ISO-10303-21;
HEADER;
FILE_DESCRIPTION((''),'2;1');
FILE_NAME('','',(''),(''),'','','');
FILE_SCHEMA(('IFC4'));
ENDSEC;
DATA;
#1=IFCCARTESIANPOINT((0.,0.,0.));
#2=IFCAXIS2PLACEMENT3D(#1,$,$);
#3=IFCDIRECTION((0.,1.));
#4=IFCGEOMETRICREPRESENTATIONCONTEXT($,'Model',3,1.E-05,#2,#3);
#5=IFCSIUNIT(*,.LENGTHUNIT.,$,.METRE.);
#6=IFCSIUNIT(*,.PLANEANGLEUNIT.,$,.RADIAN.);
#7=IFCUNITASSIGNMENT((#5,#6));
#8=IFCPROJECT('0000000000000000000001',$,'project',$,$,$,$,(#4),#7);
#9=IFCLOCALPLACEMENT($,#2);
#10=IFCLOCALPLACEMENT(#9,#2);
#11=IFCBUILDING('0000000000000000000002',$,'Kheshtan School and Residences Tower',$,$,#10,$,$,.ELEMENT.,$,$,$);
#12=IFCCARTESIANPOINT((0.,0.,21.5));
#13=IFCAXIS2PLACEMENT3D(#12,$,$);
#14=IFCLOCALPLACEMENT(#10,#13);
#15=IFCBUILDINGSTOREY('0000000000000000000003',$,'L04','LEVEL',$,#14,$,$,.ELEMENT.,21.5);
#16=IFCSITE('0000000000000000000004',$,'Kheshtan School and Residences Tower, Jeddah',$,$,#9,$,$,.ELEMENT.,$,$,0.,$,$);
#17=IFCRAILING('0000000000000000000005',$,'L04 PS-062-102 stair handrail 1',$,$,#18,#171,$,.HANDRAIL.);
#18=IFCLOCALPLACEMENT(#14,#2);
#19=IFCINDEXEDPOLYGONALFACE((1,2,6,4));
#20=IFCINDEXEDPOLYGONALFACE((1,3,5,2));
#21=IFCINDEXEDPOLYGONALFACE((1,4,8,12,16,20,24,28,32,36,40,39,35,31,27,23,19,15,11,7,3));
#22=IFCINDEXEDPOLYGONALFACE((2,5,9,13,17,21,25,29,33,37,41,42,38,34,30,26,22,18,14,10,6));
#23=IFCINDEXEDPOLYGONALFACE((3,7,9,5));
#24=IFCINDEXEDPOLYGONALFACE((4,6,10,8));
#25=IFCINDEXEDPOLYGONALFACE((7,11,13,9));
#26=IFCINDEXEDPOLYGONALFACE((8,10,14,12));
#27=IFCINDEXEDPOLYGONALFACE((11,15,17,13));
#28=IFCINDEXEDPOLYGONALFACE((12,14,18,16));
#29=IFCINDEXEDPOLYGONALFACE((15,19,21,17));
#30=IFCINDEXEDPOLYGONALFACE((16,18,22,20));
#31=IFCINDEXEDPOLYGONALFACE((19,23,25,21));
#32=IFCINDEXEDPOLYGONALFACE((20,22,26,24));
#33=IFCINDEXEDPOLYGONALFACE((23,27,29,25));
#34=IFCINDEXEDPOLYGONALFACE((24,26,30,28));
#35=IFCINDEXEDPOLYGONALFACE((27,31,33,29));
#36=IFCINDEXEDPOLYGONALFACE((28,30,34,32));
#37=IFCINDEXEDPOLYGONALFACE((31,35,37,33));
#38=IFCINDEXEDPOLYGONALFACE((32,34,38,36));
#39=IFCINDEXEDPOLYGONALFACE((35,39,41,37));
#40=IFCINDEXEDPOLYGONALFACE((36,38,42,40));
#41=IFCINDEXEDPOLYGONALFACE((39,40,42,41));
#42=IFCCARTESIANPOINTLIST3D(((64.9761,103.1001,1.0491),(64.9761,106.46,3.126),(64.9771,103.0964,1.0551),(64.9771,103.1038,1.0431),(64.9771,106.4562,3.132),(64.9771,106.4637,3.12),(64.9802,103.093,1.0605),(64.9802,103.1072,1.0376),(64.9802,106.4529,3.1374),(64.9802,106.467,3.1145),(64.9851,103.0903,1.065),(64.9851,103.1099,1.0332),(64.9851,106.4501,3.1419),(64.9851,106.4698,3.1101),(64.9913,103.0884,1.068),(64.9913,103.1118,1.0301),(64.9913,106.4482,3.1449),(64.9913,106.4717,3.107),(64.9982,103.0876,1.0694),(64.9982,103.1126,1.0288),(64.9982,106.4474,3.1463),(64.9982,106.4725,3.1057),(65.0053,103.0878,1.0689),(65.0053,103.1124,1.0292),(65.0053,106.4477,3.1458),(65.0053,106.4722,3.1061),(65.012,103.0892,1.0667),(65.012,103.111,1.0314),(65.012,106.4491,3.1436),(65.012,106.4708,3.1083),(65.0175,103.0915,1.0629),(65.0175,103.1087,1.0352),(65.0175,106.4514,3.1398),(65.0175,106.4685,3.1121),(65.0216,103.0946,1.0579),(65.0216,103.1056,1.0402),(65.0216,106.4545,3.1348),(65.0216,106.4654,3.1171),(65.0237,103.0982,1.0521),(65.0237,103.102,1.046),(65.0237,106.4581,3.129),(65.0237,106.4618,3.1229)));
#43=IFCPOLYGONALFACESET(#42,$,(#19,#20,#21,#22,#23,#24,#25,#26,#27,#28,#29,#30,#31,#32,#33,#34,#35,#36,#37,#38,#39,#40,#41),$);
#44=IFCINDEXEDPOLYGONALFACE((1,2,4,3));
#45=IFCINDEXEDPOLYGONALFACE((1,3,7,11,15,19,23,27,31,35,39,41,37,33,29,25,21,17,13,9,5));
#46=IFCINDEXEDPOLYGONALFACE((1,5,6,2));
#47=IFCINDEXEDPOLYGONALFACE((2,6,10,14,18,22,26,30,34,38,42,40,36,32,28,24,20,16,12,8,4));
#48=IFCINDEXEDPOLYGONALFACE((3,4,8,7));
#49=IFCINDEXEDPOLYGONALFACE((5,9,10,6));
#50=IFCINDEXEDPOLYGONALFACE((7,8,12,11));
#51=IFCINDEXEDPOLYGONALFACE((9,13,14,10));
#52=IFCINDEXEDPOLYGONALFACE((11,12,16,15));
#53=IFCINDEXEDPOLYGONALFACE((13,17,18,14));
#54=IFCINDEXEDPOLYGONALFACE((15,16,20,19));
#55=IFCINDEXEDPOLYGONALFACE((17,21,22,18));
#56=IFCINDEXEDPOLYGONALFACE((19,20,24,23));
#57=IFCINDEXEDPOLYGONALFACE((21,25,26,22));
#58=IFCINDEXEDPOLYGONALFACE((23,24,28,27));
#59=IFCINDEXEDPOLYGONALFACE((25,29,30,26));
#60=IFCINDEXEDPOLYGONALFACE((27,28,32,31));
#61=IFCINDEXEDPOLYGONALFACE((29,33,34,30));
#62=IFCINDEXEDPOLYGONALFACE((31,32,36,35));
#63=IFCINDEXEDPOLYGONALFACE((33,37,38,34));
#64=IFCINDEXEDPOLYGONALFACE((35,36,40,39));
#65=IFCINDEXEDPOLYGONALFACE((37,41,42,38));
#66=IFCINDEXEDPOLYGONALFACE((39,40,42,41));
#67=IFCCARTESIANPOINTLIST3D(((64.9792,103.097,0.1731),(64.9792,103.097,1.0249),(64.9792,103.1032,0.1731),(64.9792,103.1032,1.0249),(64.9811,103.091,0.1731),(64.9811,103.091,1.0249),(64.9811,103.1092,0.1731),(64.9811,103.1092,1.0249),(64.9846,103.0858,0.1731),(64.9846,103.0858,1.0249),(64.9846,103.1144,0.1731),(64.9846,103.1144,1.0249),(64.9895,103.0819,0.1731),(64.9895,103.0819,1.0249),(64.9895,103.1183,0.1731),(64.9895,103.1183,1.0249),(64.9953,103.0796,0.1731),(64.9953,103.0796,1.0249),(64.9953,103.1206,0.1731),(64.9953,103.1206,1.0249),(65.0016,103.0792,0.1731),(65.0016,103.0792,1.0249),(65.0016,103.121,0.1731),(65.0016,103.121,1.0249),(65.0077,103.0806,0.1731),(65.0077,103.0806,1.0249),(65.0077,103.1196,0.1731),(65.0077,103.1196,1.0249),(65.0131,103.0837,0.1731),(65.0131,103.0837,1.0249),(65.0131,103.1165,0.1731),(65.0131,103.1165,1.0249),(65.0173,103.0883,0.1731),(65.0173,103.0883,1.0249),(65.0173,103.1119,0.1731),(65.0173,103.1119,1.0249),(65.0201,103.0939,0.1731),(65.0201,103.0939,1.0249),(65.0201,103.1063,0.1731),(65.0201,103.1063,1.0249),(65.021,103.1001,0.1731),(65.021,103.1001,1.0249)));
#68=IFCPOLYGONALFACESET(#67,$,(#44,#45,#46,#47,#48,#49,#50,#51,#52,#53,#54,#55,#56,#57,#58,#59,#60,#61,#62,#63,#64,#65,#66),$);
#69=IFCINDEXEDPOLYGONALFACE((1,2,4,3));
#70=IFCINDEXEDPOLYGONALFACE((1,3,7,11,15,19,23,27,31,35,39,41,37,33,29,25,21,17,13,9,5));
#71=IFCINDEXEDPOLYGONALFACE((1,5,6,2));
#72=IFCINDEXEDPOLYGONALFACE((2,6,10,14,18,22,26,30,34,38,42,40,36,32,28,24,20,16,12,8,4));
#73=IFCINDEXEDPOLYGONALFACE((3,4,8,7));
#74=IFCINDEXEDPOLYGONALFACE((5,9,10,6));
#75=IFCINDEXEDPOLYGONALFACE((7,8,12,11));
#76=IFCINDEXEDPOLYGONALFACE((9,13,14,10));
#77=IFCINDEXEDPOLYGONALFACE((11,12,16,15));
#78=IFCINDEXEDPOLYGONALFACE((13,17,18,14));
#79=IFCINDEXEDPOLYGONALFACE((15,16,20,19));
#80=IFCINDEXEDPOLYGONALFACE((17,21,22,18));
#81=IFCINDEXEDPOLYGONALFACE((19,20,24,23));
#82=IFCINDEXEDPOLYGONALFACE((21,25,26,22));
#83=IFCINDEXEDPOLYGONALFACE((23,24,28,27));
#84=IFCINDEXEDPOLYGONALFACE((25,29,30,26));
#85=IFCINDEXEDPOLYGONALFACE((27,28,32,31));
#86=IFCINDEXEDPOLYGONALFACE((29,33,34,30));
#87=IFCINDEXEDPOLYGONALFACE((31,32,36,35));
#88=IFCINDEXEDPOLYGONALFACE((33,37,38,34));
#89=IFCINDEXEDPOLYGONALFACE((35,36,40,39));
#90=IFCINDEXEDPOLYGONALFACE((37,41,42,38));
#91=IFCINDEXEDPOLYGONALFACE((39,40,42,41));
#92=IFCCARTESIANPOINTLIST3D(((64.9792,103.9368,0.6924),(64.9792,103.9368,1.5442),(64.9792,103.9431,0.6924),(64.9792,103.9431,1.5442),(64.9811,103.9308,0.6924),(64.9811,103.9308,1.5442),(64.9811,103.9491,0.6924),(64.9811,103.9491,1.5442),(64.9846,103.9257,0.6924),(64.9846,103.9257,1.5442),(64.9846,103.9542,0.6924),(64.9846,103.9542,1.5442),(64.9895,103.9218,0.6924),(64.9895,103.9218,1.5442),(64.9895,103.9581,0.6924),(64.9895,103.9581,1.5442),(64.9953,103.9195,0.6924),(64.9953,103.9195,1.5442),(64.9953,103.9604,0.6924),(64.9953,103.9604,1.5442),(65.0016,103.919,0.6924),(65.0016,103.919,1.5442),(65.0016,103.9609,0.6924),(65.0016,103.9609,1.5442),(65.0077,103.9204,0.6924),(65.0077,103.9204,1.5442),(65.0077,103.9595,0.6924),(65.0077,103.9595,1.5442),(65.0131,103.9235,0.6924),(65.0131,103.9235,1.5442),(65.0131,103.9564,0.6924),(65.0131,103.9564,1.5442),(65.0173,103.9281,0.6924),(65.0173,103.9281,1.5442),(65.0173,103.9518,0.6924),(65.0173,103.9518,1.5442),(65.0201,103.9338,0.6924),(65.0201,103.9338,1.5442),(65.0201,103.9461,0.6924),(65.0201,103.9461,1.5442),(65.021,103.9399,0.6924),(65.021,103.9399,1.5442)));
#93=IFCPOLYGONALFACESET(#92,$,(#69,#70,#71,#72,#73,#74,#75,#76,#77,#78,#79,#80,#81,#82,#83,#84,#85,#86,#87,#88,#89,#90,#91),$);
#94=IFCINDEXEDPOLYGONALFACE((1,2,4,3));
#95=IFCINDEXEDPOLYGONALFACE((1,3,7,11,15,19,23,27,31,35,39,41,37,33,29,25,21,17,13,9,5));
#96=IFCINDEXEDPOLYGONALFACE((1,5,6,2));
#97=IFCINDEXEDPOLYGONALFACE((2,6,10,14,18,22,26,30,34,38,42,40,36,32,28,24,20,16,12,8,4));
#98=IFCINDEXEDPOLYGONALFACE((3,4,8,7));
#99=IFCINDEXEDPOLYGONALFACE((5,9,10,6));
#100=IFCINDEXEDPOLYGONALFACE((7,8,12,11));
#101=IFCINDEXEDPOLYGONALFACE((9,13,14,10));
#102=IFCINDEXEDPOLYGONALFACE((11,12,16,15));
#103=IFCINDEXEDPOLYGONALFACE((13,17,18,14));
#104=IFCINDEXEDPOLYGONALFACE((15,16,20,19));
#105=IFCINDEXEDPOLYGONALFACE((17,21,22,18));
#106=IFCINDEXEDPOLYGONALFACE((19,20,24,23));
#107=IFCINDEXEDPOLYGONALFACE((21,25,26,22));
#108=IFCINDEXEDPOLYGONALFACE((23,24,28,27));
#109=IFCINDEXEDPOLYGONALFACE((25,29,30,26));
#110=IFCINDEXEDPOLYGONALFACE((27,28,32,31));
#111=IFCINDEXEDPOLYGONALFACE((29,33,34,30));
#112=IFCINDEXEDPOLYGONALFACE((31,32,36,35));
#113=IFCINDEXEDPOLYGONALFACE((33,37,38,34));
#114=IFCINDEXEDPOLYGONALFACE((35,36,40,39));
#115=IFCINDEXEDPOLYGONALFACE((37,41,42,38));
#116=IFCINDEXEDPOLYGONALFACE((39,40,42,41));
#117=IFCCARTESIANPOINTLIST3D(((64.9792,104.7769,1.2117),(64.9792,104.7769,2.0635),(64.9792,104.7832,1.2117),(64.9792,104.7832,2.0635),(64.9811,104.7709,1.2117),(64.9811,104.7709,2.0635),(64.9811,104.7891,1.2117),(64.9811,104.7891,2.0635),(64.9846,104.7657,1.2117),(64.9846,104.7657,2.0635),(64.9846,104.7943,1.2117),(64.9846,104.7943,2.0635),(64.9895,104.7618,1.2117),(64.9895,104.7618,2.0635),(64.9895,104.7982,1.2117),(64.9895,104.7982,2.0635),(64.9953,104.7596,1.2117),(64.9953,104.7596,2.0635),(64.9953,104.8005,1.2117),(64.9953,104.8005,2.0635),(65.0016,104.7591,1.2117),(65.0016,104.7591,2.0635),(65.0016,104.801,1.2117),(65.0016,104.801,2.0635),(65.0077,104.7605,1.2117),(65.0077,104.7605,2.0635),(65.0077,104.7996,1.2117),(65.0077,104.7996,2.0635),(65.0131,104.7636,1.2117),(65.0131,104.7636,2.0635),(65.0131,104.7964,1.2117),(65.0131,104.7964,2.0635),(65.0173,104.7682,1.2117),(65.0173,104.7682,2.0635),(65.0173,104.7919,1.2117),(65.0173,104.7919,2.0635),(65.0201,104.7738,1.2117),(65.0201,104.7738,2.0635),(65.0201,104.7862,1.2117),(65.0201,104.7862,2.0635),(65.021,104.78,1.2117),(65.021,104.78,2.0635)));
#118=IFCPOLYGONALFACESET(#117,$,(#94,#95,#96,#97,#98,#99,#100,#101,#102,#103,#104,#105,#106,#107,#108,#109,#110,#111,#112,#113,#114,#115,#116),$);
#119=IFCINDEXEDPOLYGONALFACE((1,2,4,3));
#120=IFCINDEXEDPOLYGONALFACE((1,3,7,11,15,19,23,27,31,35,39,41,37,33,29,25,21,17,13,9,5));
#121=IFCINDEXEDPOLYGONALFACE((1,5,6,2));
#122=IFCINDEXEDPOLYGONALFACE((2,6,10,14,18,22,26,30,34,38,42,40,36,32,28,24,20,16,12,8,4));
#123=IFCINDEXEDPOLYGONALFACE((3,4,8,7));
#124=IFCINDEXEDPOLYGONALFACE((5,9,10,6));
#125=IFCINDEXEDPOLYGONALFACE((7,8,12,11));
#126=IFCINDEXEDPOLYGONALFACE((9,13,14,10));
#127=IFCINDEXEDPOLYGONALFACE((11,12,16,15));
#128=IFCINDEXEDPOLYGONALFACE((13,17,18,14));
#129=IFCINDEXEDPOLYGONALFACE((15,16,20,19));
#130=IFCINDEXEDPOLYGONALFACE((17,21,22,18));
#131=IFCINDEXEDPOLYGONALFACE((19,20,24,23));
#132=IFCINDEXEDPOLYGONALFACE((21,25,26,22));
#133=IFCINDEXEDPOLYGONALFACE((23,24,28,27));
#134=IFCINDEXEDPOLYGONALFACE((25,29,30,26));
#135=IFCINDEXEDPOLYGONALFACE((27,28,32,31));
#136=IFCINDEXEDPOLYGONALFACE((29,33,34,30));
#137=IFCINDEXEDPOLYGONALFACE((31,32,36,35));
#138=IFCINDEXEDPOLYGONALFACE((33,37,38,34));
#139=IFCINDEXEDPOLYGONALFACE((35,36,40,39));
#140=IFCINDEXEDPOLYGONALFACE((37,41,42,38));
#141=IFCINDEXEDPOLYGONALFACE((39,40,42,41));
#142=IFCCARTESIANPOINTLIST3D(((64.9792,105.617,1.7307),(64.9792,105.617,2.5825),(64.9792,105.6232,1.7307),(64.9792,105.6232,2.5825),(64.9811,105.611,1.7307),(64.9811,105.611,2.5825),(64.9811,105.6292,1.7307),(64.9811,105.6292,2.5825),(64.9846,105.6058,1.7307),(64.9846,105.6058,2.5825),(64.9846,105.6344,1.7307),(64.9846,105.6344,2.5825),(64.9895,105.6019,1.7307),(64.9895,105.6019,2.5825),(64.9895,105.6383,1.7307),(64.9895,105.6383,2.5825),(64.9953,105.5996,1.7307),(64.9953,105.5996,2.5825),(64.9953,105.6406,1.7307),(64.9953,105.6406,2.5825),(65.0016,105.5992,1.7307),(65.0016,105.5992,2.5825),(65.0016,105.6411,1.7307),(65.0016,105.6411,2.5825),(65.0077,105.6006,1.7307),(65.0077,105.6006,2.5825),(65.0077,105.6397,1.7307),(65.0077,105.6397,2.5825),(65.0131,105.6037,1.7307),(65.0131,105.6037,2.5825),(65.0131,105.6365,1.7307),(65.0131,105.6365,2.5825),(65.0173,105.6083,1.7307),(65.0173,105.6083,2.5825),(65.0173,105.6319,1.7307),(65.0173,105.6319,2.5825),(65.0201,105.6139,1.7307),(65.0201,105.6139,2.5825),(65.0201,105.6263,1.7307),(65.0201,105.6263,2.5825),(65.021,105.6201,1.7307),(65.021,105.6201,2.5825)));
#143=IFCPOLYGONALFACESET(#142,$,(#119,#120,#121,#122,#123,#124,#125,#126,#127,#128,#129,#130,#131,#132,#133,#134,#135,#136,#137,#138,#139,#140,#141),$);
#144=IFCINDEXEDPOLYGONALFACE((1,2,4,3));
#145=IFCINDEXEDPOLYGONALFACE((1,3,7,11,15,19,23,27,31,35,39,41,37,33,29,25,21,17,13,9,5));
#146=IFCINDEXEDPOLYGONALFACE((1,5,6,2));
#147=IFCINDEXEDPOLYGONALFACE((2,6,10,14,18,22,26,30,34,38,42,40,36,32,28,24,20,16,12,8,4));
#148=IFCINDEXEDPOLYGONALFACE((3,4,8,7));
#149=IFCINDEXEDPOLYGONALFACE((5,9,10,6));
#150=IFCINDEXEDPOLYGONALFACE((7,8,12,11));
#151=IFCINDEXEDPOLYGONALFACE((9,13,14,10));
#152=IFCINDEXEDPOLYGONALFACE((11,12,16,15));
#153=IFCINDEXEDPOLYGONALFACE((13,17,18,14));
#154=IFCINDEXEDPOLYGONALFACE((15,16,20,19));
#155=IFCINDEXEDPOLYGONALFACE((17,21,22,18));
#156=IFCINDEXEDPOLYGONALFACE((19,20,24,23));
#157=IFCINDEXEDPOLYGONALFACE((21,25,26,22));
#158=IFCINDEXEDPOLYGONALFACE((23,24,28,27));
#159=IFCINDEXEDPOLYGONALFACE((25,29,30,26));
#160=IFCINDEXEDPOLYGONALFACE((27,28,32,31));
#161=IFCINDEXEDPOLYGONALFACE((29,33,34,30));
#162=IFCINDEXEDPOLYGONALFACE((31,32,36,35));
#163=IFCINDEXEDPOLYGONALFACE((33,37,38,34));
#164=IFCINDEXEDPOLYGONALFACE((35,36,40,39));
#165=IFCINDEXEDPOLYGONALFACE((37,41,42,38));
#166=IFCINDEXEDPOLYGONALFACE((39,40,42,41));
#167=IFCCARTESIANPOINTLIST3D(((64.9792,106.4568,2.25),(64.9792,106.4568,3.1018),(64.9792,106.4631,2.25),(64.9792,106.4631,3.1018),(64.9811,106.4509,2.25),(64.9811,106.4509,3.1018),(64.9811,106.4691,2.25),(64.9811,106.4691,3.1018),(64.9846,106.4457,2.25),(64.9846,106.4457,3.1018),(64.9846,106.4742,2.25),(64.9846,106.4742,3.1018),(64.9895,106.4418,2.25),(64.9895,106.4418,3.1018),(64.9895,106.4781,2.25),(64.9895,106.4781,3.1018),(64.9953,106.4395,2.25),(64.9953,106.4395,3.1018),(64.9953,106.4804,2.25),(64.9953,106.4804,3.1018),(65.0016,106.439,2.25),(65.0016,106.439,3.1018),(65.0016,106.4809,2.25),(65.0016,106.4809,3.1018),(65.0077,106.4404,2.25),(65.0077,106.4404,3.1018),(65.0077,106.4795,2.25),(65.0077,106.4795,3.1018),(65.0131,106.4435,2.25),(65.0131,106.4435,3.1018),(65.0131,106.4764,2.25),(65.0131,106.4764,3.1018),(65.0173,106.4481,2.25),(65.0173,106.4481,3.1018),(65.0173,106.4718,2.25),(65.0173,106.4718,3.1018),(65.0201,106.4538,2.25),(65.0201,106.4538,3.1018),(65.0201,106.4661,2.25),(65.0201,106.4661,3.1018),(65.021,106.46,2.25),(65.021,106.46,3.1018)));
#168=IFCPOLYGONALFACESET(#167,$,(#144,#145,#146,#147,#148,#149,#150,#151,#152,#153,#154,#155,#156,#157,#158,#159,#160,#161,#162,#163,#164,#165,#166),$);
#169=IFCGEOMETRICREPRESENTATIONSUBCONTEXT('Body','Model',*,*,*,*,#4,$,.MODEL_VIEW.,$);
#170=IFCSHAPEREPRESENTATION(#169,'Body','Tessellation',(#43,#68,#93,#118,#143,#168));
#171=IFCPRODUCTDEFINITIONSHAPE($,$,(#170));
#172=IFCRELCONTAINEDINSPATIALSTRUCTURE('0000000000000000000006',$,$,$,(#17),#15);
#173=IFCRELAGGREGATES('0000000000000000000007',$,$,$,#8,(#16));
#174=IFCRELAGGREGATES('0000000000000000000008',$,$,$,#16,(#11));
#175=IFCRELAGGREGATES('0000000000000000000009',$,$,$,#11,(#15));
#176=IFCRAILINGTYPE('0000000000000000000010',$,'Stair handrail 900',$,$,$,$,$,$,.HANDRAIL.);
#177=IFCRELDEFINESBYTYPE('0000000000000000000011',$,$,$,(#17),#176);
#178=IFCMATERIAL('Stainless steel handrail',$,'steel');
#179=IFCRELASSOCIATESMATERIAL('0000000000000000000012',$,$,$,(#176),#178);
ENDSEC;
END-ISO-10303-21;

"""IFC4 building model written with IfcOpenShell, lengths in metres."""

from ifc_helpers import new_model, si_unit, direction, frame, origin, origin_2d, place, context, subcontext, project, spatial, circle, extrude, material, type_object, element, save


model = new_model("IFC4")

# Units and contexts
model_context = context("Model", 3, precision=1e-05, world=origin(), true_north=direction((0.0, 1.0)))
body_context = subcontext(model_context, "Body", "Model", "MODEL_VIEW")
ifc_project = project(units=[si_unit("LENGTHUNIT", "METRE"), si_unit("PLANEANGLEUNIT", "RADIAN")], contexts=[model_context])

# Site, building, storey
site_placement = place(None, origin())
site = spatial("IfcSite", under=ifc_project, at=site_placement, Name="Kheshtan School and Residences Tower, Jeddah", CompositionType="ELEMENT", RefElevation=0.0)
building_placement = place(site_placement, origin())
building = spatial("IfcBuilding", under=site, at=building_placement, Name="Kheshtan School and Residences Tower", CompositionType="ELEMENT")
storey_placement = place(building_placement, frame((0.0, 0.0, 21.5)))
storey = spatial("IfcBuildingStorey", under=building, at=storey_placement, Name="L04", Description="LEVEL", CompositionType="ELEMENT", Elevation=21.5)

# Railing
ifc_material_1 = material(Name="Stainless steel handrail", Category="steel")
railing_type_1 = type_object("IfcRailingType", Name="Stair handrail 900", PredefinedType="HANDRAIL", material=ifc_material_1)
railing_1_placement = place(storey_placement, frame((65.0, 103.1001, 0.1731)))
element("IfcRailing", 1, at=railing_1_placement, inside=storey, type_object=railing_type_1, Name="L04 PS-062-102 stair handrail 1", PredefinedType="HANDRAIL", context=body_context, shape_type="SweptSolid", body=[
    extrude(circle(Radius=0.0239, at=origin_2d()), frame((0.0, 0.0, 0.876), z_axis=(0.0, 0.850606, 0.525803), x_axis=(-1.0, 0.0, 0.0)), (0.0, 0.0, 1.0), 3.95),
    extrude(circle(Radius=0.021, at=origin_2d()), origin(), (0.0, 0.0, 1.0), 0.8518),
    extrude(circle(Radius=0.021, at=origin_2d()), frame((0.0, 0.8398, 0.5193)), (0.0, 0.0, 1.0), 0.8518),
    extrude(circle(Radius=0.021, at=origin_2d()), frame((0.0, 1.6799, 1.0386)), (0.0, 0.0, 1.0), 0.8518),
    extrude(circle(Radius=0.021, at=origin_2d()), frame((0.0, 2.52, 1.5576)), (0.0, 0.0, 1.0), 0.8518),
    extrude(circle(Radius=0.021, at=origin_2d()), frame((0.0, 3.3599, 2.0769)), (0.0, 0.0, 1.0), 0.8518),
])

save(model, "model.ifc")
